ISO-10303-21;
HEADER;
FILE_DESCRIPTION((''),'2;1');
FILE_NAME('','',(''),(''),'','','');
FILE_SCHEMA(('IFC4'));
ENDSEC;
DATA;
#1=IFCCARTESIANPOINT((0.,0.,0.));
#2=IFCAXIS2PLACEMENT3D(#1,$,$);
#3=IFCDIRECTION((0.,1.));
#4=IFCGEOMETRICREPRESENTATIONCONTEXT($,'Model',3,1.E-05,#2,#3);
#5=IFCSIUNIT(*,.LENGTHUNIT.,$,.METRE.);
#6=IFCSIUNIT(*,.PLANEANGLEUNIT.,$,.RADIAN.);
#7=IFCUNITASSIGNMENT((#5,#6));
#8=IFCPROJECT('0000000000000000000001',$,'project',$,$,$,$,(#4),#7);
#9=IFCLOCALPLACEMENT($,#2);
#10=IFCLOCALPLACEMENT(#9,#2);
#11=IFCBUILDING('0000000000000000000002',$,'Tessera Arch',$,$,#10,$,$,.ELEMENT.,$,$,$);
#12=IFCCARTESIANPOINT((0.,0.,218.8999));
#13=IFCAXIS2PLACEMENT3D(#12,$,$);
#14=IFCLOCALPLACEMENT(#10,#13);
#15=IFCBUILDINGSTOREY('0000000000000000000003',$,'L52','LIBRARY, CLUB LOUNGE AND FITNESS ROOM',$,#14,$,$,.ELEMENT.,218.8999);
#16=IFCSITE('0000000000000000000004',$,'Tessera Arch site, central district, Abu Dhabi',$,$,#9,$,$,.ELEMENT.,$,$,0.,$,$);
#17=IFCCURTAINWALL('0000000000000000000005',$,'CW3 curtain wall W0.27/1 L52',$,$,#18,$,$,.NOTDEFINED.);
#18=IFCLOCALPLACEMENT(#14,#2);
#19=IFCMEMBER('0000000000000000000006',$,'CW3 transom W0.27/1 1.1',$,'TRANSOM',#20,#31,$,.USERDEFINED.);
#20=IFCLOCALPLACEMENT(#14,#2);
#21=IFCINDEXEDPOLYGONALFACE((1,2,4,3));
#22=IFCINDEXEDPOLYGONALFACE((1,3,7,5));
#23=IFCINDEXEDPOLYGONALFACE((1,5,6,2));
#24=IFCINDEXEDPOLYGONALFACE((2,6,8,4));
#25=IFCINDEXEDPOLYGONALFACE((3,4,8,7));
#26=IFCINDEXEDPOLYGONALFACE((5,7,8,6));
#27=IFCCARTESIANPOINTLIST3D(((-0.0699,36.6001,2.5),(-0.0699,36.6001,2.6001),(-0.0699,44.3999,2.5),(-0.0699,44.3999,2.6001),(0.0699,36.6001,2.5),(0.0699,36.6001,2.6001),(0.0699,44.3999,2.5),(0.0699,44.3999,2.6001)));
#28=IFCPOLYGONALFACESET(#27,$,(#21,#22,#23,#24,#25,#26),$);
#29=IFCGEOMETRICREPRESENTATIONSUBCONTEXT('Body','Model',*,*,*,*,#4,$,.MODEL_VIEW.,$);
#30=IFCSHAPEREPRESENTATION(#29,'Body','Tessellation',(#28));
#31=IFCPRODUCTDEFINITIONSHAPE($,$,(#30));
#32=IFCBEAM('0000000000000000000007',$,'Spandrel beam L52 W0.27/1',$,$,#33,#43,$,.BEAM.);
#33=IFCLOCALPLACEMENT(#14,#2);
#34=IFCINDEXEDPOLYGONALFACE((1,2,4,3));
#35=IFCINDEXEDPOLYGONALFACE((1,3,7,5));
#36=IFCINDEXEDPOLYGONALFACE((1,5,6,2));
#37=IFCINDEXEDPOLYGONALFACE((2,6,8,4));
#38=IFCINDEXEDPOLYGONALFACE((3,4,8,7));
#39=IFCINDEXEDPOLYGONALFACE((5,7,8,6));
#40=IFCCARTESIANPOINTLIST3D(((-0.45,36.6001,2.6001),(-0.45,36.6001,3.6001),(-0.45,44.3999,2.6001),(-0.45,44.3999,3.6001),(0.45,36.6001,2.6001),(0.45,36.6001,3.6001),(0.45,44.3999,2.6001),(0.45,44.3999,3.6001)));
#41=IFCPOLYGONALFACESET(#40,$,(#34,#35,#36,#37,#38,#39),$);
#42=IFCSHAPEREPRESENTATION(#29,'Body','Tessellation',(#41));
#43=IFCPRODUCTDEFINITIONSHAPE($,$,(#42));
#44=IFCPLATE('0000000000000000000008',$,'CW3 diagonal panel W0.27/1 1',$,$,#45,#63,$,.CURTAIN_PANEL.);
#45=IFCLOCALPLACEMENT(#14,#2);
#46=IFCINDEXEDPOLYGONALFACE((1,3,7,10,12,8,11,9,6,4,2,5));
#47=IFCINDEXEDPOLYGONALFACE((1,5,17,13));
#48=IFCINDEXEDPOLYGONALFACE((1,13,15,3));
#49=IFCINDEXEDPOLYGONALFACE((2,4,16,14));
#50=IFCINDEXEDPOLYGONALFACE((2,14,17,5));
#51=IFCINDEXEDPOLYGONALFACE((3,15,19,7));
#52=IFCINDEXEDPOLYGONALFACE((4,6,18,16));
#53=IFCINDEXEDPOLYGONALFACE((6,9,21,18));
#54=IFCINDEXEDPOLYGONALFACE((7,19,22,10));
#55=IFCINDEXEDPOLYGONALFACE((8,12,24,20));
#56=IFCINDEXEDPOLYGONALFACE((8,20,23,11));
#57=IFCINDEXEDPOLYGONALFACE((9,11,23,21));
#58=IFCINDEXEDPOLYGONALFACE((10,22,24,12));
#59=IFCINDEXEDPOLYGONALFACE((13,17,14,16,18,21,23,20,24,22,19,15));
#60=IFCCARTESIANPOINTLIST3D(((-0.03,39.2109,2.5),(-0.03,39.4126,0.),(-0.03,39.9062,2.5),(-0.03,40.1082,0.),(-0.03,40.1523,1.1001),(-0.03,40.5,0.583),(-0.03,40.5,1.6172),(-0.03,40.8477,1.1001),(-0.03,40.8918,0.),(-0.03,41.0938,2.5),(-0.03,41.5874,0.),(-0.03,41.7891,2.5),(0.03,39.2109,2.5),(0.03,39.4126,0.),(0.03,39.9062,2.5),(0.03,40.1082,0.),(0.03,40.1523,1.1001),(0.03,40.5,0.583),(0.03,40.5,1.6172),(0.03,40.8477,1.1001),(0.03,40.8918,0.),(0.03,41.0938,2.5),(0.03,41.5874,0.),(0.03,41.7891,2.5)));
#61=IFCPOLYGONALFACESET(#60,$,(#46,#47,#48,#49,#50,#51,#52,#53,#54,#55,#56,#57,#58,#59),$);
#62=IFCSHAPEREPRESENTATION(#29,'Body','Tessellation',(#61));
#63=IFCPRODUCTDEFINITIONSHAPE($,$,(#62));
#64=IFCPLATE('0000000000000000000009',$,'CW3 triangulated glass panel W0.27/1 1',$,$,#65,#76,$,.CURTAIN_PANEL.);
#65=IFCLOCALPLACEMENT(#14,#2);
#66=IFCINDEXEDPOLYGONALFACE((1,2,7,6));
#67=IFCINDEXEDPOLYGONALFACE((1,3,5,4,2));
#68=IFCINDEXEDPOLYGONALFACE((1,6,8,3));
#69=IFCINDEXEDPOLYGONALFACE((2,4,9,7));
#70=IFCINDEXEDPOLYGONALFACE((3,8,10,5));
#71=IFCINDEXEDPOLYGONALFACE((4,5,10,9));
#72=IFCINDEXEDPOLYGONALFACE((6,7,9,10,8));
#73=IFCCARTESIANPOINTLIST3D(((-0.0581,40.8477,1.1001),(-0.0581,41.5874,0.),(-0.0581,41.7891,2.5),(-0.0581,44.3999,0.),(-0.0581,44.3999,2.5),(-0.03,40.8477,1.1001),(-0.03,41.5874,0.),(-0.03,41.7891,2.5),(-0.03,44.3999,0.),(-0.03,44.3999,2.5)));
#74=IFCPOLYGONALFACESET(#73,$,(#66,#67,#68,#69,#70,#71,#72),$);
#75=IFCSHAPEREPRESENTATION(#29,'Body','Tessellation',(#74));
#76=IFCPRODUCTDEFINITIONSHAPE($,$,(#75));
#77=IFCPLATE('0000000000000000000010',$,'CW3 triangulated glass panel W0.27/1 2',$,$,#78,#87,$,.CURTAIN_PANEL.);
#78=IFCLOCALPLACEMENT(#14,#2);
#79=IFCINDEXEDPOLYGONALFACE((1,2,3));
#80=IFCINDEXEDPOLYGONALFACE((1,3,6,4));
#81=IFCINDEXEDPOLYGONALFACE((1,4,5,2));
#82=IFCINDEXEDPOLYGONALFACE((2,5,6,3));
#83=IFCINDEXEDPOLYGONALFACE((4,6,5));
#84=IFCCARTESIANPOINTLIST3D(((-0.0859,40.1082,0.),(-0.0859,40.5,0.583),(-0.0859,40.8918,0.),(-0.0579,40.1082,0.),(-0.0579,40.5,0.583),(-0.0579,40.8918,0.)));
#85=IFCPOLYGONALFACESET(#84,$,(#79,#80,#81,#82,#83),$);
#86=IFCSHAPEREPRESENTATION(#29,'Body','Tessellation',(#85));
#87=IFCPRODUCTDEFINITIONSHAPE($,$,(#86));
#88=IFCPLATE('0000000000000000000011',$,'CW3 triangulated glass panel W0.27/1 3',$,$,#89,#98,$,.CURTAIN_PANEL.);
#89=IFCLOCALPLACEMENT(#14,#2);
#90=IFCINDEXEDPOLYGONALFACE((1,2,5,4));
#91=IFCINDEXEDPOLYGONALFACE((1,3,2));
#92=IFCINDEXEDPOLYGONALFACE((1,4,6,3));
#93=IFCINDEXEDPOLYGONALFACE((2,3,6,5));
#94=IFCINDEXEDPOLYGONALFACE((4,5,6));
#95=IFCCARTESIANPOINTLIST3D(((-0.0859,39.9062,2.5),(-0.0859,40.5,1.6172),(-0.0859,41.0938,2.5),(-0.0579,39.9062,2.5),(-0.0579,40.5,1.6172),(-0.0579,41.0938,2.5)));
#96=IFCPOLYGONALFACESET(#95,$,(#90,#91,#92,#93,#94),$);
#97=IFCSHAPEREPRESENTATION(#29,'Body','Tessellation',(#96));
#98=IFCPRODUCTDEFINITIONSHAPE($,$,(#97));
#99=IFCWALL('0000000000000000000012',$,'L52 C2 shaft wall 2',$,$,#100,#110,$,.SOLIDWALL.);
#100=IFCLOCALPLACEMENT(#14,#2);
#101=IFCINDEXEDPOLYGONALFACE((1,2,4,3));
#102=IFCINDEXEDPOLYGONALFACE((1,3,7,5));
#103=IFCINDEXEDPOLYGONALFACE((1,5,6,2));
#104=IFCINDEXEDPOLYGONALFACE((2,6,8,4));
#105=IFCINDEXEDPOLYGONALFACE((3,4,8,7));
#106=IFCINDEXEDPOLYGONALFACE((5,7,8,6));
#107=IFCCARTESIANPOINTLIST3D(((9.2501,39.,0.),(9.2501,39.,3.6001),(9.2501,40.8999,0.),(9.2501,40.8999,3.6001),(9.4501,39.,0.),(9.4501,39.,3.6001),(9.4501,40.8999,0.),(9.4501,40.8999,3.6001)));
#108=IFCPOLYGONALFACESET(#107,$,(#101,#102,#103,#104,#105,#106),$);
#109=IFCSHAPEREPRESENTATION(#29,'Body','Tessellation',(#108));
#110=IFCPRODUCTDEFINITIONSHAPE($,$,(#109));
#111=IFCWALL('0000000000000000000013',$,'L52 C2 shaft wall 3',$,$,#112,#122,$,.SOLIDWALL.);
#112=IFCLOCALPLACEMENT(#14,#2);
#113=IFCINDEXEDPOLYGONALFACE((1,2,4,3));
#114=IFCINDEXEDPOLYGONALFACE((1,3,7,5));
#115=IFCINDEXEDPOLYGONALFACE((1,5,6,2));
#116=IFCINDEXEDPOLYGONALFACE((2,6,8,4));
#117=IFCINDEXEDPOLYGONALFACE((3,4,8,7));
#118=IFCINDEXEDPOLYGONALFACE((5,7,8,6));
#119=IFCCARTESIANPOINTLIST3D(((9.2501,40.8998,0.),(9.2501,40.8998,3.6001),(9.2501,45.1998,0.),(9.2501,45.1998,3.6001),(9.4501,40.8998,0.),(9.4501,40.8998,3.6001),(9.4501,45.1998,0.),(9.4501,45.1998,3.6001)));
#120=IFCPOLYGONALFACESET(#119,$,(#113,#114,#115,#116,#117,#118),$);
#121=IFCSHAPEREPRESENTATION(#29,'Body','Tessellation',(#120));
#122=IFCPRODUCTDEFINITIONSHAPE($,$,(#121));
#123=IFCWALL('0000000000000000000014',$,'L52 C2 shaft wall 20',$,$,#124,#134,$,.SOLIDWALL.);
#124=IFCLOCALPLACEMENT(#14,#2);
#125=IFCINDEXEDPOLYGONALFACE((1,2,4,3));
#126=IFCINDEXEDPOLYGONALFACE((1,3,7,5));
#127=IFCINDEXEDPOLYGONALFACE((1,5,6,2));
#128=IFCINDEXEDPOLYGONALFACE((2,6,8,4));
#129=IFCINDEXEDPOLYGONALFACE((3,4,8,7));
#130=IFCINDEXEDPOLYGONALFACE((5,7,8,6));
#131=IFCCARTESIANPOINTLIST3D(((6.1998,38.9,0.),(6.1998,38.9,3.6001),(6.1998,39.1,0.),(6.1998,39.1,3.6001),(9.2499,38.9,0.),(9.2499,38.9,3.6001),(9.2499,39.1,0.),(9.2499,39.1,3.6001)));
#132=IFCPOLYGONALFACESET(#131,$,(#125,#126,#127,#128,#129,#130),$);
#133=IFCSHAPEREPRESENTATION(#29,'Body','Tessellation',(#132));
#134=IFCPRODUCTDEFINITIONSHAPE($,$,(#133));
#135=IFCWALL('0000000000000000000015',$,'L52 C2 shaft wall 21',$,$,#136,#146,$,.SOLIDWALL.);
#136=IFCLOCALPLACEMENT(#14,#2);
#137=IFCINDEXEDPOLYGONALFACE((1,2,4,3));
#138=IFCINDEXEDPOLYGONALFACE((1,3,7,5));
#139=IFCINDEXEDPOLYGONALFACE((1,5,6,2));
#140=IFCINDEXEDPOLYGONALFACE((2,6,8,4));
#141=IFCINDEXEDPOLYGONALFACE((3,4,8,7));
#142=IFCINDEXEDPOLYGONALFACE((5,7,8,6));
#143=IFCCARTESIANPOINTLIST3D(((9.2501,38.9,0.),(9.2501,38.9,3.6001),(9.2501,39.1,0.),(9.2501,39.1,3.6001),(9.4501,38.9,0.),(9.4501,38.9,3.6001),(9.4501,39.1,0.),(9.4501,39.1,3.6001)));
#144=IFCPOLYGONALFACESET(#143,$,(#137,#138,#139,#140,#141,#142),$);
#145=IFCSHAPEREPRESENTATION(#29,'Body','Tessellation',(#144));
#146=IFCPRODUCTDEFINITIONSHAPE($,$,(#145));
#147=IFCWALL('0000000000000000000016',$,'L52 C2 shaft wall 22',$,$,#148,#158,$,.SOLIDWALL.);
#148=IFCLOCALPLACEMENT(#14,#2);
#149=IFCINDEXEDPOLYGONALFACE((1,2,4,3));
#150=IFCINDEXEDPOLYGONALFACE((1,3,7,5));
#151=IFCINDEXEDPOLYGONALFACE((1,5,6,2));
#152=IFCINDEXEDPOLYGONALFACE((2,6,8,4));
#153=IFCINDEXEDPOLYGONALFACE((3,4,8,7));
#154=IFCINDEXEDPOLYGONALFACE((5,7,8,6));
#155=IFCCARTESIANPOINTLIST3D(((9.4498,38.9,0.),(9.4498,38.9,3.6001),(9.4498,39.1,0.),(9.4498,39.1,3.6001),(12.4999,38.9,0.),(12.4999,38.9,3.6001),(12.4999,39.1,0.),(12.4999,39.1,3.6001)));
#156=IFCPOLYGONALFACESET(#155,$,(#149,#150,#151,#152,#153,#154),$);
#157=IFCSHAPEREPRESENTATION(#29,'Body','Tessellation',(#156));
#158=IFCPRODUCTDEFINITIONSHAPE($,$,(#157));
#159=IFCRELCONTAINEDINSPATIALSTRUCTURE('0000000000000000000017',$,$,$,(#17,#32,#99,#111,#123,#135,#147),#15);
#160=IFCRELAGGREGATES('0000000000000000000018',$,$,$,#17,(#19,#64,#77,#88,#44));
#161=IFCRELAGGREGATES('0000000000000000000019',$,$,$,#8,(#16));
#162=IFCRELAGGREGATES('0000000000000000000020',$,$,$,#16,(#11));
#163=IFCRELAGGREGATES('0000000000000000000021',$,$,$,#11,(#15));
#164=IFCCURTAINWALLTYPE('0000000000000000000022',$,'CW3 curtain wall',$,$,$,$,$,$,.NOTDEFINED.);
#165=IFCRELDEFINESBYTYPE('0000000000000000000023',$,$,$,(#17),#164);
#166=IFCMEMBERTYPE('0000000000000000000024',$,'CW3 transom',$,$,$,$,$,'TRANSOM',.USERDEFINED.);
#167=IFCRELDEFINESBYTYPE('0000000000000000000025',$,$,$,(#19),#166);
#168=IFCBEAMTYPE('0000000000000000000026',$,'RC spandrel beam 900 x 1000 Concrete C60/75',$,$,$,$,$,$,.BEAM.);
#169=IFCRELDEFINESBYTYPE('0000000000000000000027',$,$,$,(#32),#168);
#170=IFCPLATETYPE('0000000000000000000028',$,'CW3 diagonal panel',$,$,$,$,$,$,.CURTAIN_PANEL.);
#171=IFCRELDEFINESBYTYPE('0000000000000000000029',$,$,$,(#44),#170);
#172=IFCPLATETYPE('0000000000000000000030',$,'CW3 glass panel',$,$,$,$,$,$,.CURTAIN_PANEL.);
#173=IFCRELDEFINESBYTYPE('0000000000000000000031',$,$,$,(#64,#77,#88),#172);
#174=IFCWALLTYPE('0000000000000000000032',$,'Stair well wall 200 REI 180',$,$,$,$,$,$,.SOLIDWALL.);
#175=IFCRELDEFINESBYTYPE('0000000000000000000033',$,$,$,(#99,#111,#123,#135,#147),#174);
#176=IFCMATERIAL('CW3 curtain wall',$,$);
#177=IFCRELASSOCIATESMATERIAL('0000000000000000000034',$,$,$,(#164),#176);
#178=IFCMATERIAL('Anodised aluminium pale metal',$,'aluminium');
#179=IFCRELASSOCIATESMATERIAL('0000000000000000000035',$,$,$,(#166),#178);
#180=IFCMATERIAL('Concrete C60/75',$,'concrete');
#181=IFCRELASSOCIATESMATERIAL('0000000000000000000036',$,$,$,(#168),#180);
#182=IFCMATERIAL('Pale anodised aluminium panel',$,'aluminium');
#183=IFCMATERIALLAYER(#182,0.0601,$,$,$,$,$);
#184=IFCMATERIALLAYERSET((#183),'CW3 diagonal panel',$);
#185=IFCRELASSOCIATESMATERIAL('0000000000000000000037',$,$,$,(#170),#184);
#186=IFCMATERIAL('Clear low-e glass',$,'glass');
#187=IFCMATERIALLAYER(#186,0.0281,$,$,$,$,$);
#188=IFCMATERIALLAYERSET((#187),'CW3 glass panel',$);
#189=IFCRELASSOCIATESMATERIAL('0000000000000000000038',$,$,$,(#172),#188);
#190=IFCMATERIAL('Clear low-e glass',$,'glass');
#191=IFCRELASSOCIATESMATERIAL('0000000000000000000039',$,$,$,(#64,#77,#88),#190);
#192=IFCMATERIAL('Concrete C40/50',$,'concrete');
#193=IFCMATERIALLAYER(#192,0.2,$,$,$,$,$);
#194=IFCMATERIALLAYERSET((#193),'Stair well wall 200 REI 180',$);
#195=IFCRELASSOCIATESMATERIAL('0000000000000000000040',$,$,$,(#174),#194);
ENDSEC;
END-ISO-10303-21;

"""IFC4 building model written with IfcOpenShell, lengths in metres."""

from ifc_helpers import new_model, si_unit, direction, frame, frame_2d, origin, origin_2d, place, context, subcontext, project, spatial, polyline, rectangle, outline, extrude, material, layer, layer_set, material_profile, profile_set, type_object, element, aggregate, save


model = new_model("IFC4")

# Units and contexts
model_context = context("Model", 3, precision=1e-05, world=origin(), true_north=direction((0.0, 1.0)))
body_context = subcontext(model_context, "Body", "Model", "MODEL_VIEW")
ifc_project = project(units=[si_unit("LENGTHUNIT", "METRE"), si_unit("PLANEANGLEUNIT", "RADIAN")], contexts=[model_context])

# Site, building, storey
site_placement = place(None, origin())
site = spatial("IfcSite", under=ifc_project, at=site_placement, Name="Tessera Arch site, central district, Abu Dhabi", CompositionType="ELEMENT", RefElevation=0.0)
building_placement = place(site_placement, origin())
building = spatial("IfcBuilding", under=site, at=building_placement, Name="Tessera Arch", CompositionType="ELEMENT")
storey_placement = place(building_placement, frame((0.0, 0.0, 218.8999)))
storey = spatial("IfcBuildingStorey", under=building, at=storey_placement, Name="L52", Description="LIBRARY, CLUB LOUNGE AND FITNESS ROOM", CompositionType="ELEMENT", Elevation=218.8999)

# Curtain wall, member
ifc_material_1 = material(Name="CW3 curtain wall")
curtain_wall_type = type_object("IfcCurtainWallType", Name="CW3 curtain wall", PredefinedType="NOTDEFINED", material=ifc_material_1)
curtain_wall_placement = place(storey_placement, origin())
curtain_wall = element("IfcCurtainWall", 1, at=curtain_wall_placement, inside=storey, type_object=curtain_wall_type, Name="CW3 curtain wall W0.27/1 L52", PredefinedType="NOTDEFINED")
ifc_material_2 = material(Name="Anodised aluminium pale metal", Category="aluminium")
ifc_material_profile_1 = material_profile(ifc_material_2, rectangle(XDim=0.1399, YDim=0.1001, at=origin_2d()), Name="AL 140x100")
ifc_profile_set_1 = profile_set([ifc_material_profile_1], Name="Anodised aluminium pale metal")
member_type = type_object("IfcMemberType", Name="CW3 transom", ElementType="TRANSOM", PredefinedType="USERDEFINED", material=ifc_profile_set_1)
member_placement = place(storey_placement, frame((0.0, 44.3999, 2.55), z_axis=(0.0, -1.0, 0.0), x_axis=(1.0, 0.0, 0.0)))
member = element("IfcMember", 2, at=member_placement, type_object=member_type, Name="CW3 transom W0.27/1 1.1", ObjectType="TRANSOM", PredefinedType="USERDEFINED", context=body_context, shape_type="SweptSolid", body=[
    extrude(rectangle(XDim=0.1399, YDim=0.1001, at=origin_2d()), origin(), (0.0, 0.0, 1.0), 7.7998),
])

# Beam
ifc_material_3 = material(Name="Concrete C60/75", Category="concrete")
ifc_material_profile_2 = material_profile(ifc_material_3, rectangle(XDim=0.8999, YDim=1.0, at=origin_2d()), Name="RC spandrel beam 900 x 1000 Concrete C60/75")
ifc_profile_set_2 = profile_set([ifc_material_profile_2], Name="Concrete C60/75")
beam_type = type_object("IfcBeamType", Name="RC spandrel beam 900 x 1000 Concrete C60/75", PredefinedType="BEAM", material=ifc_profile_set_2)
beam_placement = place(storey_placement, frame((0.0, 44.3999, 3.1001), z_axis=(0.0, -1.0, 0.0), x_axis=(1.0, 0.0, 0.0)))
element("IfcBeam", 3, at=beam_placement, inside=storey, type_object=beam_type, Name="Spandrel beam L52 W0.27/1", PredefinedType="BEAM", context=body_context, shape_type="SweptSolid", body=[
    extrude(rectangle(XDim=0.8999, YDim=1.0, at=origin_2d()), origin(), (0.0, 0.0, 1.0), 7.7998),
])

# Plates
ifc_material_4 = material(Name="Pale anodised aluminium panel", Category="aluminium")
ifc_layer_1 = layer(ifc_material_4, 0.0601)
ifc_layer_set_1 = layer_set([ifc_layer_1], Name="CW3 diagonal panel")
plate_type_1 = type_object("IfcPlateType", Name="CW3 diagonal panel", PredefinedType="CURTAIN_PANEL", material=ifc_layer_set_1)
plate_1_placement = place(storey_placement, frame((-0.03, 39.2109, 2.5), z_axis=(-1.0, 0.0, 0.0), x_axis=(0.0, 1.0, 0.0)))
plate_1 = element("IfcPlate", 4, at=plate_1_placement, type_object=plate_type_1, Name="CW3 diagonal panel W0.27/1 1", PredefinedType="CURTAIN_PANEL", context=body_context, shape_type="SweptSolid", body=[
    extrude(outline(polyline([(0.0, 0.0), (0.6953, 0.0), (1.2891, 0.8828), (1.8828, 0.0), (2.5781, 0.0), (1.6367, 1.3999), (2.3765, 2.5), (1.6809, 2.5), (1.2891, 1.917), (0.8972, 2.5), (0.2017, 2.5), (0.9414, 1.3999), (0.0, 0.0)])), origin(), (0.0, 0.0, -1.0), 0.0601),
])
ifc_material_5 = material(Name="Clear low-e glass", Category="glass")
ifc_material_6 = material(Name="Clear low-e glass", Category="glass")
ifc_layer_2 = layer(ifc_material_6, 0.0281)
ifc_layer_set_2 = layer_set([ifc_layer_2], Name="CW3 glass panel")
plate_type_2 = type_object("IfcPlateType", Name="CW3 glass panel", PredefinedType="CURTAIN_PANEL", material=ifc_layer_set_2)
plate_2_placement = place(storey_placement, frame((-0.0581, 44.3999, 0.0), z_axis=(-1.0, 0.0, 0.0), x_axis=(0.0, -1.0, 0.0)))
plate_2 = element("IfcPlate", 5, at=plate_2_placement, type_object=plate_type_2, material=ifc_material_5, Name="CW3 triangulated glass panel W0.27/1 1", PredefinedType="CURTAIN_PANEL", context=body_context, shape_type="SweptSolid", body=[
    extrude(outline(polyline([(0.0, 0.0), (2.8125, 0.0), (3.5522, 1.1001), (2.6108, 2.5), (0.0, 2.5), (0.0, 0.0)])), origin(), (0.0, 0.0, -1.0), 0.0281),
])
plate_3_placement = place(storey_placement, frame((-0.0859, 40.8918, 0.0), z_axis=(-1.0, 0.0, 0.0), x_axis=(0.0, -1.0, 0.0)))
plate_3 = element("IfcPlate", 6, at=plate_3_placement, type_object=plate_type_2, material=ifc_material_5, Name="CW3 triangulated glass panel W0.27/1 2", PredefinedType="CURTAIN_PANEL", context=body_context, shape_type="SweptSolid", body=[
    extrude(outline(polyline([(0.0, 0.0), (0.7837, 0.0), (0.3918, 0.583), (0.0, 0.0)])), origin(), (0.0, 0.0, -1.0), 0.0281),
])
plate_4_placement = place(storey_placement, frame((-0.0859, 39.9062, 2.5), z_axis=(-1.0, 0.0, 0.0), x_axis=(0.0, 1.0, 0.0)))
plate_4 = element("IfcPlate", 7, at=plate_4_placement, type_object=plate_type_2, material=ifc_material_5, Name="CW3 triangulated glass panel W0.27/1 3", PredefinedType="CURTAIN_PANEL", context=body_context, shape_type="SweptSolid", body=[
    extrude(outline(polyline([(0.0, 0.0), (1.1875, 0.0), (0.5938, 0.8828), (0.0, 0.0)])), origin(), (0.0, 0.0, -1.0), 0.0281),
])

# Walls
ifc_material_7 = material(Name="Concrete C40/50", Category="concrete")
ifc_layer_3 = layer(ifc_material_7, 0.2)
ifc_layer_set_3 = layer_set([ifc_layer_3], Name="Stair well wall 200 REI 180")
wall_type = type_object("IfcWallType", Name="Stair well wall 200 REI 180", PredefinedType="SOLIDWALL", material=ifc_layer_set_3)
wall_1_placement = place(storey_placement, frame((9.3501, 39.0, 0.0), z_axis=(0.0, 0.0, 1.0), x_axis=(0.0, 1.0, 0.0)))
element("IfcWall", 8, at=wall_1_placement, inside=storey, type_object=wall_type, Name="L52 C2 shaft wall 2", PredefinedType="SOLIDWALL", context=body_context, shape_type="SweptSolid", body=[
    extrude(rectangle(XDim=1.8999, YDim=0.2, at=frame_2d((0.95, 0.0))), origin(), (0.0, 0.0, 1.0), 3.6001),
])
wall_2_placement = place(storey_placement, frame((9.3501, 40.8999, 0.0), z_axis=(0.0, 0.0, 1.0), x_axis=(0.0, 1.0, 0.0)))
element("IfcWall", 9, at=wall_2_placement, inside=storey, type_object=wall_type, Name="L52 C2 shaft wall 3", PredefinedType="SOLIDWALL", context=body_context, shape_type="SweptSolid", body=[
    extrude(rectangle(XDim=4.3, YDim=0.2, at=frame_2d((2.1499, 0.0))), origin(), (0.0, 0.0, 1.0), 3.6001),
])
wall_3_placement = place(storey_placement, frame((6.2, 39.0, 0.0), z_axis=(0.0, 0.0, 1.0), x_axis=(1.0, 0.0, 0.0)))
element("IfcWall", 10, at=wall_3_placement, inside=storey, type_object=wall_type, Name="L52 C2 shaft wall 20", PredefinedType="SOLIDWALL", context=body_context, shape_type="SweptSolid", body=[
    extrude(rectangle(XDim=3.05, YDim=0.2, at=frame_2d((1.5249, 0.0))), origin(), (0.0, 0.0, 1.0), 3.6001),
])
wall_4_placement = place(storey_placement, frame((9.25, 39.0, 0.0), z_axis=(0.0, 0.0, 1.0), x_axis=(1.0, 0.0, 0.0)))
element("IfcWall", 11, at=wall_4_placement, inside=storey, type_object=wall_type, Name="L52 C2 shaft wall 21", PredefinedType="SOLIDWALL", context=body_context, shape_type="SweptSolid", body=[
    extrude(rectangle(XDim=0.2, YDim=0.2, at=frame_2d((0.1001, 0.0))), origin(), (0.0, 0.0, 1.0), 3.6001),
])
wall_5_placement = place(storey_placement, frame((9.45, 39.0, 0.0), z_axis=(0.0, 0.0, 1.0), x_axis=(1.0, 0.0, 0.0)))
element("IfcWall", 12, at=wall_5_placement, inside=storey, type_object=wall_type, Name="L52 C2 shaft wall 22", PredefinedType="SOLIDWALL", context=body_context, shape_type="SweptSolid", body=[
    extrude(rectangle(XDim=3.05, YDim=0.2, at=frame_2d((1.5249, 0.0))), origin(), (0.0, 0.0, 1.0), 3.6001),
])

aggregate(curtain_wall, [member, plate_2, plate_3, plate_4, plate_1])

save(model, "model.ifc")
